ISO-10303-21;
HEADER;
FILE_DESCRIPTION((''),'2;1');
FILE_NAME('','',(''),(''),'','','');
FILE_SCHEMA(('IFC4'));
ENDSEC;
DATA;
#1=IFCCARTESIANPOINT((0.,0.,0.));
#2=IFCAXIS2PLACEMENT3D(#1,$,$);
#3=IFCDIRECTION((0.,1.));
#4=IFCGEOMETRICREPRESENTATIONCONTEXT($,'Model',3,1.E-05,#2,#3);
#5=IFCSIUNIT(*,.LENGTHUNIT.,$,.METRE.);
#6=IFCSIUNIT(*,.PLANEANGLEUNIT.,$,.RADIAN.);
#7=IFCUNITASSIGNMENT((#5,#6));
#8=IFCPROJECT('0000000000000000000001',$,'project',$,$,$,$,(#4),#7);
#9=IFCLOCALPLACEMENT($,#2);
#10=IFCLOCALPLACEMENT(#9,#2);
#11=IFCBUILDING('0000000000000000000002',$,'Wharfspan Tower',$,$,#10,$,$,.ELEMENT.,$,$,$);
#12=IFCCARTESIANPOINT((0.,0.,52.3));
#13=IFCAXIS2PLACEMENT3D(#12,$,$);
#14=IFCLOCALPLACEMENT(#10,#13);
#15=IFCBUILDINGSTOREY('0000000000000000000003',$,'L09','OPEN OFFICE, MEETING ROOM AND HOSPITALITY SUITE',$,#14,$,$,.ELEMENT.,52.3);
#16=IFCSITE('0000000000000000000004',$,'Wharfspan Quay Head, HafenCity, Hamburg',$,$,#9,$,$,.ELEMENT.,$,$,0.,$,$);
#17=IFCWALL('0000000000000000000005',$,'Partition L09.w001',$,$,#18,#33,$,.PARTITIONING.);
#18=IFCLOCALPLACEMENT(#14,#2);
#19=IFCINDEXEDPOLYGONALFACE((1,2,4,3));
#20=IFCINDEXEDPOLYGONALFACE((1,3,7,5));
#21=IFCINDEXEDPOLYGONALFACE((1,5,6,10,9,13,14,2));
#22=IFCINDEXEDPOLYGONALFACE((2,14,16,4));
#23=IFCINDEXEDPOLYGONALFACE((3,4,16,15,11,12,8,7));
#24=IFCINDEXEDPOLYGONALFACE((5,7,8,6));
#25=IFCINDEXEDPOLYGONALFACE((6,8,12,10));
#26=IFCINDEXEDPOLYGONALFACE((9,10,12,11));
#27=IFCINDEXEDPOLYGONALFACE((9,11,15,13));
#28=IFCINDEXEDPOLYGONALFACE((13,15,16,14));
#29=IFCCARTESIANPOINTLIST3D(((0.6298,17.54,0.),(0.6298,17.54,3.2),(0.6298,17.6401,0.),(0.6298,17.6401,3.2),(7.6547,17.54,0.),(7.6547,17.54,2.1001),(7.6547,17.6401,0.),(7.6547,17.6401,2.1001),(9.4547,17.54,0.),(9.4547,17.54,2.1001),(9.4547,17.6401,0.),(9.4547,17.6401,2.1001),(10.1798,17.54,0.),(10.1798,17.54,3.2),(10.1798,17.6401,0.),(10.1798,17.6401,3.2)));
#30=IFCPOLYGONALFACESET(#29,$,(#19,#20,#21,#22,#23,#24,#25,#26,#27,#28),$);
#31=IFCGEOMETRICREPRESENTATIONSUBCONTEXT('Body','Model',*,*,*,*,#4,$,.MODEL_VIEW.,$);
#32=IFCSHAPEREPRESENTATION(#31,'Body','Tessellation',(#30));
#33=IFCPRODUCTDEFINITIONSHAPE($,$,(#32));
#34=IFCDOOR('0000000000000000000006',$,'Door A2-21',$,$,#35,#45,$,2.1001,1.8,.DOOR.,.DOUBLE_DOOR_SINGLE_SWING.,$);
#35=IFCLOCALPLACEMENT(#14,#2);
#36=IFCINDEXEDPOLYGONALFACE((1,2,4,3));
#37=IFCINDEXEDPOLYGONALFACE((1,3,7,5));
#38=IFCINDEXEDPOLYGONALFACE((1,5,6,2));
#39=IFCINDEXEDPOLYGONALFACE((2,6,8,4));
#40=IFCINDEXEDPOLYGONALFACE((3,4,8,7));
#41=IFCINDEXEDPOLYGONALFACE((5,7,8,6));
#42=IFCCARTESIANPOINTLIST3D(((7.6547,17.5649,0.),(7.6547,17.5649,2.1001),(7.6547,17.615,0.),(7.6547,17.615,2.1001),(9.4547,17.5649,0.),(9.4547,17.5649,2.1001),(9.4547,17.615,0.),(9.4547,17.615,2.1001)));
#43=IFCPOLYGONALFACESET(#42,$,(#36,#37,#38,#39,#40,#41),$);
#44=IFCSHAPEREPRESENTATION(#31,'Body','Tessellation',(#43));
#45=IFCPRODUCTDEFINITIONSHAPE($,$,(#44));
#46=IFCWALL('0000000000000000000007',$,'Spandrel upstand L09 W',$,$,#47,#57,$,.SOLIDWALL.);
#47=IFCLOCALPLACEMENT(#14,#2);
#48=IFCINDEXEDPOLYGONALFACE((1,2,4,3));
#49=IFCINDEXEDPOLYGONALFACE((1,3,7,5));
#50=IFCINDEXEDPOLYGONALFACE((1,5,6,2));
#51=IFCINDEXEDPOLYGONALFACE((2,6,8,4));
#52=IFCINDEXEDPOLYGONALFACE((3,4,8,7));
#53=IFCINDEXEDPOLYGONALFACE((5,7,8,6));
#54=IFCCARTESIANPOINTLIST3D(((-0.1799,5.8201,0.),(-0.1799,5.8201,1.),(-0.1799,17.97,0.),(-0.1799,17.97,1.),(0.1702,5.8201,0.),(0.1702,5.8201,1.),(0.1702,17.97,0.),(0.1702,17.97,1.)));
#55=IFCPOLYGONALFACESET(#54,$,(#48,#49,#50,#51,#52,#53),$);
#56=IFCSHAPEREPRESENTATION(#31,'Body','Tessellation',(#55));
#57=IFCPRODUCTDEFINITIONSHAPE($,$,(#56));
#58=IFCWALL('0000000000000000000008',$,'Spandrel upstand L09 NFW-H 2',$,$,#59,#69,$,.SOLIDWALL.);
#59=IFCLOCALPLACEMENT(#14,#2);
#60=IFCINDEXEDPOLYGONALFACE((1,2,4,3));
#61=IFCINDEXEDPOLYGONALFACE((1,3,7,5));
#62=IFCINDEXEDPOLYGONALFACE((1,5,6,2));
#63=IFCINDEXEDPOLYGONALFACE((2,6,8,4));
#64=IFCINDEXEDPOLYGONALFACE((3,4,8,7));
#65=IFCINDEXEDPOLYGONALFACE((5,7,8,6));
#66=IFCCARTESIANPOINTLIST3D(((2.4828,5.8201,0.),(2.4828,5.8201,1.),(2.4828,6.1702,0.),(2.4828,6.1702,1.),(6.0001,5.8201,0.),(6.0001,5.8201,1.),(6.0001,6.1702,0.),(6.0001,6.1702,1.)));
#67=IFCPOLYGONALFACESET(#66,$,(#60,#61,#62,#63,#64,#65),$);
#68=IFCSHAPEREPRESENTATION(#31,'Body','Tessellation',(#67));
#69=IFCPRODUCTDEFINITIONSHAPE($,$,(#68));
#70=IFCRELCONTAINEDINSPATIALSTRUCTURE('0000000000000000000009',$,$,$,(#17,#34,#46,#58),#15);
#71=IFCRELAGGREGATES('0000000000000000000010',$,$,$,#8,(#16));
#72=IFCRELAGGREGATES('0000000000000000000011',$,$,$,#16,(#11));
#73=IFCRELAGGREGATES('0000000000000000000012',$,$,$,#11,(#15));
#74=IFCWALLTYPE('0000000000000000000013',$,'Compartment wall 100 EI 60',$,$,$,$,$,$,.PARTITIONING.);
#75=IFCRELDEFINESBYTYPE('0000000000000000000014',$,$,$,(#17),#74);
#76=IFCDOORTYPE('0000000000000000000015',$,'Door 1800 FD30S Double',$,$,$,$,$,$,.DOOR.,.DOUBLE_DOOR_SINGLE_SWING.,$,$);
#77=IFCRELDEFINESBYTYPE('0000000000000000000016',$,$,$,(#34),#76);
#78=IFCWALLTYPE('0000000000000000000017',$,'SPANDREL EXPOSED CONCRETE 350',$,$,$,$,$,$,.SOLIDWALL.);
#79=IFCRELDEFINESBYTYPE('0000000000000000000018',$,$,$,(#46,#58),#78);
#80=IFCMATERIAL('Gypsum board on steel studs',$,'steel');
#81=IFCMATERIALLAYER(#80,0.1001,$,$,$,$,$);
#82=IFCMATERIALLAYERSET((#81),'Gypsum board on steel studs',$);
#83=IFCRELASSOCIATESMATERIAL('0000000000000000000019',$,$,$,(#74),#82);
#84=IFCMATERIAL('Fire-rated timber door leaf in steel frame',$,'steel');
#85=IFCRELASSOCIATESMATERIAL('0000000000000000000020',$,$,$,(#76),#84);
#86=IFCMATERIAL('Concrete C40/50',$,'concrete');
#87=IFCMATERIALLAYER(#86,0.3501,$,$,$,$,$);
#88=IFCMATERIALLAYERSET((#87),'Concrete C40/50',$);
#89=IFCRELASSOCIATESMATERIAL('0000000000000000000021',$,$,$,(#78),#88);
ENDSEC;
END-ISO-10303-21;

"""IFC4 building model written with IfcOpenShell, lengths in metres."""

from ifc_helpers import new_model, si_unit, direction, frame, frame_2d, origin, place, context, subcontext, project, spatial, rectangle, extrude, material, layer, layer_set, type_object, element, fill, save


model = new_model("IFC4")

# Units and contexts
model_context = context("Model", 3, precision=1e-05, world=origin(), true_north=direction((0.0, 1.0)))
body_context = subcontext(model_context, "Body", "Model", "MODEL_VIEW")
ifc_project = project(units=[si_unit("LENGTHUNIT", "METRE"), si_unit("PLANEANGLEUNIT", "RADIAN")], contexts=[model_context])

# Site, building, storey
site_placement = place(None, origin())
site = spatial("IfcSite", under=ifc_project, at=site_placement, Name="Wharfspan Quay Head, HafenCity, Hamburg", CompositionType="ELEMENT", RefElevation=0.0)
building_placement = place(site_placement, origin())
building = spatial("IfcBuilding", under=site, at=building_placement, Name="Wharfspan Tower", CompositionType="ELEMENT")
storey_placement = place(building_placement, frame((0.0, 0.0, 52.3)))
storey = spatial("IfcBuildingStorey", under=building, at=storey_placement, Name="L09", Description="OPEN OFFICE, MEETING ROOM AND HOSPITALITY SUITE", CompositionType="ELEMENT", Elevation=52.3)

# Wall, opening, door
ifc_material_1 = material(Name="Gypsum board on steel studs", Category="steel")
ifc_layer_1 = layer(ifc_material_1, 0.1001)
ifc_layer_set_1 = layer_set([ifc_layer_1], Name="Gypsum board on steel studs")
wall_type_1 = type_object("IfcWallType", Name="Compartment wall 100 EI 60", PredefinedType="PARTITIONING", material=ifc_layer_set_1)
wall_1_placement = place(storey_placement, frame((0.6299, 17.5901, 0.0), z_axis=(0.0, 0.0, 1.0), x_axis=(1.0, 0.0, 0.0)))
wall_1 = element("IfcWall", 1, at=wall_1_placement, inside=storey, type_object=wall_type_1, Name="Partition L09.w001", PredefinedType="PARTITIONING", context=body_context, shape_type="SweptSolid", body=[
    extrude(rectangle(XDim=9.55, YDim=0.1001, at=frame_2d((4.7749, 0.0))), origin(), (0.0, 0.0, 1.0), 3.2),
])
opening_placement = place(wall_1_placement, frame((7.0249, 0.0, 0.0)))
opening = element("IfcOpeningElement", 2, at=opening_placement, cuts=wall_1, PredefinedType="OPENING", context=body_context, shape_type="SweptSolid", body=[
    extrude(rectangle(XDim=1.8, YDim=2.1001, at=frame_2d((0.8999, 1.05))), frame((0.0, 0.0601, 0.0), z_axis=(0.0, -1.0, 0.0), x_axis=(1.0, 0.0, 0.0)), (0.0, 0.0, 1.0), 0.1201),
])
ifc_material_2 = material(Name="Fire-rated timber door leaf in steel frame", Category="steel")
door_type = type_object("IfcDoorType", Name="Door 1800 FD30S Double", OperationType="DOUBLE_DOOR_SINGLE_SWING", PredefinedType="DOOR", material=ifc_material_2)
door_placement = place(opening_placement, origin())
door = element("IfcDoor", 3, at=door_placement, inside=storey, type_object=door_type, Name="Door A2-21", OperationType="DOUBLE_DOOR_SINGLE_SWING", OverallHeight=2.1001, OverallWidth=1.8, PredefinedType="DOOR", context=body_context, shape_type="SweptSolid", body=[
    extrude(rectangle(XDim=1.8, YDim=2.1001, at=frame_2d((0.8999, 1.05))), frame((0.0, 0.0249, 0.0), z_axis=(0.0, -1.0, 0.0), x_axis=(1.0, 0.0, 0.0)), (0.0, 0.0, 1.0), 0.05),
])
fill(opening, door)

# Walls
ifc_material_3 = material(Name="Concrete C40/50", Category="concrete")
ifc_layer_2 = layer(ifc_material_3, 0.3501)
ifc_layer_set_2 = layer_set([ifc_layer_2], Name="Concrete C40/50")
wall_type_2 = type_object("IfcWallType", Name="SPANDREL EXPOSED CONCRETE 350", PredefinedType="SOLIDWALL", material=ifc_layer_set_2)
wall_2_placement = place(storey_placement, frame((-0.0049, 17.97, 0.0), z_axis=(0.0, 0.0, 1.0), x_axis=(0.0, -1.0, 0.0)))
element("IfcWall", 4, at=wall_2_placement, inside=storey, type_object=wall_type_2, Name="Spandrel upstand L09 W", PredefinedType="SOLIDWALL", context=body_context, shape_type="SweptSolid", body=[
    extrude(rectangle(XDim=12.1499, YDim=0.3501, at=frame_2d((6.075, 0.0))), origin(), (0.0, 0.0, 1.0), 1.0),
])
wall_3_placement = place(storey_placement, frame((2.4827, 5.9951, 0.0), z_axis=(0.0, 0.0, 1.0), x_axis=(1.0, 0.0, 0.0)))
element("IfcWall", 5, at=wall_3_placement, inside=storey, type_object=wall_type_2, Name="Spandrel upstand L09 NFW-H 2", PredefinedType="SOLIDWALL", context=body_context, shape_type="SweptSolid", body=[
    extrude(rectangle(XDim=3.5173, YDim=0.3501, at=frame_2d((1.7588, 0.0))), origin(), (0.0, 0.0, 1.0), 1.0),
])

save(model, "model.ifc")
